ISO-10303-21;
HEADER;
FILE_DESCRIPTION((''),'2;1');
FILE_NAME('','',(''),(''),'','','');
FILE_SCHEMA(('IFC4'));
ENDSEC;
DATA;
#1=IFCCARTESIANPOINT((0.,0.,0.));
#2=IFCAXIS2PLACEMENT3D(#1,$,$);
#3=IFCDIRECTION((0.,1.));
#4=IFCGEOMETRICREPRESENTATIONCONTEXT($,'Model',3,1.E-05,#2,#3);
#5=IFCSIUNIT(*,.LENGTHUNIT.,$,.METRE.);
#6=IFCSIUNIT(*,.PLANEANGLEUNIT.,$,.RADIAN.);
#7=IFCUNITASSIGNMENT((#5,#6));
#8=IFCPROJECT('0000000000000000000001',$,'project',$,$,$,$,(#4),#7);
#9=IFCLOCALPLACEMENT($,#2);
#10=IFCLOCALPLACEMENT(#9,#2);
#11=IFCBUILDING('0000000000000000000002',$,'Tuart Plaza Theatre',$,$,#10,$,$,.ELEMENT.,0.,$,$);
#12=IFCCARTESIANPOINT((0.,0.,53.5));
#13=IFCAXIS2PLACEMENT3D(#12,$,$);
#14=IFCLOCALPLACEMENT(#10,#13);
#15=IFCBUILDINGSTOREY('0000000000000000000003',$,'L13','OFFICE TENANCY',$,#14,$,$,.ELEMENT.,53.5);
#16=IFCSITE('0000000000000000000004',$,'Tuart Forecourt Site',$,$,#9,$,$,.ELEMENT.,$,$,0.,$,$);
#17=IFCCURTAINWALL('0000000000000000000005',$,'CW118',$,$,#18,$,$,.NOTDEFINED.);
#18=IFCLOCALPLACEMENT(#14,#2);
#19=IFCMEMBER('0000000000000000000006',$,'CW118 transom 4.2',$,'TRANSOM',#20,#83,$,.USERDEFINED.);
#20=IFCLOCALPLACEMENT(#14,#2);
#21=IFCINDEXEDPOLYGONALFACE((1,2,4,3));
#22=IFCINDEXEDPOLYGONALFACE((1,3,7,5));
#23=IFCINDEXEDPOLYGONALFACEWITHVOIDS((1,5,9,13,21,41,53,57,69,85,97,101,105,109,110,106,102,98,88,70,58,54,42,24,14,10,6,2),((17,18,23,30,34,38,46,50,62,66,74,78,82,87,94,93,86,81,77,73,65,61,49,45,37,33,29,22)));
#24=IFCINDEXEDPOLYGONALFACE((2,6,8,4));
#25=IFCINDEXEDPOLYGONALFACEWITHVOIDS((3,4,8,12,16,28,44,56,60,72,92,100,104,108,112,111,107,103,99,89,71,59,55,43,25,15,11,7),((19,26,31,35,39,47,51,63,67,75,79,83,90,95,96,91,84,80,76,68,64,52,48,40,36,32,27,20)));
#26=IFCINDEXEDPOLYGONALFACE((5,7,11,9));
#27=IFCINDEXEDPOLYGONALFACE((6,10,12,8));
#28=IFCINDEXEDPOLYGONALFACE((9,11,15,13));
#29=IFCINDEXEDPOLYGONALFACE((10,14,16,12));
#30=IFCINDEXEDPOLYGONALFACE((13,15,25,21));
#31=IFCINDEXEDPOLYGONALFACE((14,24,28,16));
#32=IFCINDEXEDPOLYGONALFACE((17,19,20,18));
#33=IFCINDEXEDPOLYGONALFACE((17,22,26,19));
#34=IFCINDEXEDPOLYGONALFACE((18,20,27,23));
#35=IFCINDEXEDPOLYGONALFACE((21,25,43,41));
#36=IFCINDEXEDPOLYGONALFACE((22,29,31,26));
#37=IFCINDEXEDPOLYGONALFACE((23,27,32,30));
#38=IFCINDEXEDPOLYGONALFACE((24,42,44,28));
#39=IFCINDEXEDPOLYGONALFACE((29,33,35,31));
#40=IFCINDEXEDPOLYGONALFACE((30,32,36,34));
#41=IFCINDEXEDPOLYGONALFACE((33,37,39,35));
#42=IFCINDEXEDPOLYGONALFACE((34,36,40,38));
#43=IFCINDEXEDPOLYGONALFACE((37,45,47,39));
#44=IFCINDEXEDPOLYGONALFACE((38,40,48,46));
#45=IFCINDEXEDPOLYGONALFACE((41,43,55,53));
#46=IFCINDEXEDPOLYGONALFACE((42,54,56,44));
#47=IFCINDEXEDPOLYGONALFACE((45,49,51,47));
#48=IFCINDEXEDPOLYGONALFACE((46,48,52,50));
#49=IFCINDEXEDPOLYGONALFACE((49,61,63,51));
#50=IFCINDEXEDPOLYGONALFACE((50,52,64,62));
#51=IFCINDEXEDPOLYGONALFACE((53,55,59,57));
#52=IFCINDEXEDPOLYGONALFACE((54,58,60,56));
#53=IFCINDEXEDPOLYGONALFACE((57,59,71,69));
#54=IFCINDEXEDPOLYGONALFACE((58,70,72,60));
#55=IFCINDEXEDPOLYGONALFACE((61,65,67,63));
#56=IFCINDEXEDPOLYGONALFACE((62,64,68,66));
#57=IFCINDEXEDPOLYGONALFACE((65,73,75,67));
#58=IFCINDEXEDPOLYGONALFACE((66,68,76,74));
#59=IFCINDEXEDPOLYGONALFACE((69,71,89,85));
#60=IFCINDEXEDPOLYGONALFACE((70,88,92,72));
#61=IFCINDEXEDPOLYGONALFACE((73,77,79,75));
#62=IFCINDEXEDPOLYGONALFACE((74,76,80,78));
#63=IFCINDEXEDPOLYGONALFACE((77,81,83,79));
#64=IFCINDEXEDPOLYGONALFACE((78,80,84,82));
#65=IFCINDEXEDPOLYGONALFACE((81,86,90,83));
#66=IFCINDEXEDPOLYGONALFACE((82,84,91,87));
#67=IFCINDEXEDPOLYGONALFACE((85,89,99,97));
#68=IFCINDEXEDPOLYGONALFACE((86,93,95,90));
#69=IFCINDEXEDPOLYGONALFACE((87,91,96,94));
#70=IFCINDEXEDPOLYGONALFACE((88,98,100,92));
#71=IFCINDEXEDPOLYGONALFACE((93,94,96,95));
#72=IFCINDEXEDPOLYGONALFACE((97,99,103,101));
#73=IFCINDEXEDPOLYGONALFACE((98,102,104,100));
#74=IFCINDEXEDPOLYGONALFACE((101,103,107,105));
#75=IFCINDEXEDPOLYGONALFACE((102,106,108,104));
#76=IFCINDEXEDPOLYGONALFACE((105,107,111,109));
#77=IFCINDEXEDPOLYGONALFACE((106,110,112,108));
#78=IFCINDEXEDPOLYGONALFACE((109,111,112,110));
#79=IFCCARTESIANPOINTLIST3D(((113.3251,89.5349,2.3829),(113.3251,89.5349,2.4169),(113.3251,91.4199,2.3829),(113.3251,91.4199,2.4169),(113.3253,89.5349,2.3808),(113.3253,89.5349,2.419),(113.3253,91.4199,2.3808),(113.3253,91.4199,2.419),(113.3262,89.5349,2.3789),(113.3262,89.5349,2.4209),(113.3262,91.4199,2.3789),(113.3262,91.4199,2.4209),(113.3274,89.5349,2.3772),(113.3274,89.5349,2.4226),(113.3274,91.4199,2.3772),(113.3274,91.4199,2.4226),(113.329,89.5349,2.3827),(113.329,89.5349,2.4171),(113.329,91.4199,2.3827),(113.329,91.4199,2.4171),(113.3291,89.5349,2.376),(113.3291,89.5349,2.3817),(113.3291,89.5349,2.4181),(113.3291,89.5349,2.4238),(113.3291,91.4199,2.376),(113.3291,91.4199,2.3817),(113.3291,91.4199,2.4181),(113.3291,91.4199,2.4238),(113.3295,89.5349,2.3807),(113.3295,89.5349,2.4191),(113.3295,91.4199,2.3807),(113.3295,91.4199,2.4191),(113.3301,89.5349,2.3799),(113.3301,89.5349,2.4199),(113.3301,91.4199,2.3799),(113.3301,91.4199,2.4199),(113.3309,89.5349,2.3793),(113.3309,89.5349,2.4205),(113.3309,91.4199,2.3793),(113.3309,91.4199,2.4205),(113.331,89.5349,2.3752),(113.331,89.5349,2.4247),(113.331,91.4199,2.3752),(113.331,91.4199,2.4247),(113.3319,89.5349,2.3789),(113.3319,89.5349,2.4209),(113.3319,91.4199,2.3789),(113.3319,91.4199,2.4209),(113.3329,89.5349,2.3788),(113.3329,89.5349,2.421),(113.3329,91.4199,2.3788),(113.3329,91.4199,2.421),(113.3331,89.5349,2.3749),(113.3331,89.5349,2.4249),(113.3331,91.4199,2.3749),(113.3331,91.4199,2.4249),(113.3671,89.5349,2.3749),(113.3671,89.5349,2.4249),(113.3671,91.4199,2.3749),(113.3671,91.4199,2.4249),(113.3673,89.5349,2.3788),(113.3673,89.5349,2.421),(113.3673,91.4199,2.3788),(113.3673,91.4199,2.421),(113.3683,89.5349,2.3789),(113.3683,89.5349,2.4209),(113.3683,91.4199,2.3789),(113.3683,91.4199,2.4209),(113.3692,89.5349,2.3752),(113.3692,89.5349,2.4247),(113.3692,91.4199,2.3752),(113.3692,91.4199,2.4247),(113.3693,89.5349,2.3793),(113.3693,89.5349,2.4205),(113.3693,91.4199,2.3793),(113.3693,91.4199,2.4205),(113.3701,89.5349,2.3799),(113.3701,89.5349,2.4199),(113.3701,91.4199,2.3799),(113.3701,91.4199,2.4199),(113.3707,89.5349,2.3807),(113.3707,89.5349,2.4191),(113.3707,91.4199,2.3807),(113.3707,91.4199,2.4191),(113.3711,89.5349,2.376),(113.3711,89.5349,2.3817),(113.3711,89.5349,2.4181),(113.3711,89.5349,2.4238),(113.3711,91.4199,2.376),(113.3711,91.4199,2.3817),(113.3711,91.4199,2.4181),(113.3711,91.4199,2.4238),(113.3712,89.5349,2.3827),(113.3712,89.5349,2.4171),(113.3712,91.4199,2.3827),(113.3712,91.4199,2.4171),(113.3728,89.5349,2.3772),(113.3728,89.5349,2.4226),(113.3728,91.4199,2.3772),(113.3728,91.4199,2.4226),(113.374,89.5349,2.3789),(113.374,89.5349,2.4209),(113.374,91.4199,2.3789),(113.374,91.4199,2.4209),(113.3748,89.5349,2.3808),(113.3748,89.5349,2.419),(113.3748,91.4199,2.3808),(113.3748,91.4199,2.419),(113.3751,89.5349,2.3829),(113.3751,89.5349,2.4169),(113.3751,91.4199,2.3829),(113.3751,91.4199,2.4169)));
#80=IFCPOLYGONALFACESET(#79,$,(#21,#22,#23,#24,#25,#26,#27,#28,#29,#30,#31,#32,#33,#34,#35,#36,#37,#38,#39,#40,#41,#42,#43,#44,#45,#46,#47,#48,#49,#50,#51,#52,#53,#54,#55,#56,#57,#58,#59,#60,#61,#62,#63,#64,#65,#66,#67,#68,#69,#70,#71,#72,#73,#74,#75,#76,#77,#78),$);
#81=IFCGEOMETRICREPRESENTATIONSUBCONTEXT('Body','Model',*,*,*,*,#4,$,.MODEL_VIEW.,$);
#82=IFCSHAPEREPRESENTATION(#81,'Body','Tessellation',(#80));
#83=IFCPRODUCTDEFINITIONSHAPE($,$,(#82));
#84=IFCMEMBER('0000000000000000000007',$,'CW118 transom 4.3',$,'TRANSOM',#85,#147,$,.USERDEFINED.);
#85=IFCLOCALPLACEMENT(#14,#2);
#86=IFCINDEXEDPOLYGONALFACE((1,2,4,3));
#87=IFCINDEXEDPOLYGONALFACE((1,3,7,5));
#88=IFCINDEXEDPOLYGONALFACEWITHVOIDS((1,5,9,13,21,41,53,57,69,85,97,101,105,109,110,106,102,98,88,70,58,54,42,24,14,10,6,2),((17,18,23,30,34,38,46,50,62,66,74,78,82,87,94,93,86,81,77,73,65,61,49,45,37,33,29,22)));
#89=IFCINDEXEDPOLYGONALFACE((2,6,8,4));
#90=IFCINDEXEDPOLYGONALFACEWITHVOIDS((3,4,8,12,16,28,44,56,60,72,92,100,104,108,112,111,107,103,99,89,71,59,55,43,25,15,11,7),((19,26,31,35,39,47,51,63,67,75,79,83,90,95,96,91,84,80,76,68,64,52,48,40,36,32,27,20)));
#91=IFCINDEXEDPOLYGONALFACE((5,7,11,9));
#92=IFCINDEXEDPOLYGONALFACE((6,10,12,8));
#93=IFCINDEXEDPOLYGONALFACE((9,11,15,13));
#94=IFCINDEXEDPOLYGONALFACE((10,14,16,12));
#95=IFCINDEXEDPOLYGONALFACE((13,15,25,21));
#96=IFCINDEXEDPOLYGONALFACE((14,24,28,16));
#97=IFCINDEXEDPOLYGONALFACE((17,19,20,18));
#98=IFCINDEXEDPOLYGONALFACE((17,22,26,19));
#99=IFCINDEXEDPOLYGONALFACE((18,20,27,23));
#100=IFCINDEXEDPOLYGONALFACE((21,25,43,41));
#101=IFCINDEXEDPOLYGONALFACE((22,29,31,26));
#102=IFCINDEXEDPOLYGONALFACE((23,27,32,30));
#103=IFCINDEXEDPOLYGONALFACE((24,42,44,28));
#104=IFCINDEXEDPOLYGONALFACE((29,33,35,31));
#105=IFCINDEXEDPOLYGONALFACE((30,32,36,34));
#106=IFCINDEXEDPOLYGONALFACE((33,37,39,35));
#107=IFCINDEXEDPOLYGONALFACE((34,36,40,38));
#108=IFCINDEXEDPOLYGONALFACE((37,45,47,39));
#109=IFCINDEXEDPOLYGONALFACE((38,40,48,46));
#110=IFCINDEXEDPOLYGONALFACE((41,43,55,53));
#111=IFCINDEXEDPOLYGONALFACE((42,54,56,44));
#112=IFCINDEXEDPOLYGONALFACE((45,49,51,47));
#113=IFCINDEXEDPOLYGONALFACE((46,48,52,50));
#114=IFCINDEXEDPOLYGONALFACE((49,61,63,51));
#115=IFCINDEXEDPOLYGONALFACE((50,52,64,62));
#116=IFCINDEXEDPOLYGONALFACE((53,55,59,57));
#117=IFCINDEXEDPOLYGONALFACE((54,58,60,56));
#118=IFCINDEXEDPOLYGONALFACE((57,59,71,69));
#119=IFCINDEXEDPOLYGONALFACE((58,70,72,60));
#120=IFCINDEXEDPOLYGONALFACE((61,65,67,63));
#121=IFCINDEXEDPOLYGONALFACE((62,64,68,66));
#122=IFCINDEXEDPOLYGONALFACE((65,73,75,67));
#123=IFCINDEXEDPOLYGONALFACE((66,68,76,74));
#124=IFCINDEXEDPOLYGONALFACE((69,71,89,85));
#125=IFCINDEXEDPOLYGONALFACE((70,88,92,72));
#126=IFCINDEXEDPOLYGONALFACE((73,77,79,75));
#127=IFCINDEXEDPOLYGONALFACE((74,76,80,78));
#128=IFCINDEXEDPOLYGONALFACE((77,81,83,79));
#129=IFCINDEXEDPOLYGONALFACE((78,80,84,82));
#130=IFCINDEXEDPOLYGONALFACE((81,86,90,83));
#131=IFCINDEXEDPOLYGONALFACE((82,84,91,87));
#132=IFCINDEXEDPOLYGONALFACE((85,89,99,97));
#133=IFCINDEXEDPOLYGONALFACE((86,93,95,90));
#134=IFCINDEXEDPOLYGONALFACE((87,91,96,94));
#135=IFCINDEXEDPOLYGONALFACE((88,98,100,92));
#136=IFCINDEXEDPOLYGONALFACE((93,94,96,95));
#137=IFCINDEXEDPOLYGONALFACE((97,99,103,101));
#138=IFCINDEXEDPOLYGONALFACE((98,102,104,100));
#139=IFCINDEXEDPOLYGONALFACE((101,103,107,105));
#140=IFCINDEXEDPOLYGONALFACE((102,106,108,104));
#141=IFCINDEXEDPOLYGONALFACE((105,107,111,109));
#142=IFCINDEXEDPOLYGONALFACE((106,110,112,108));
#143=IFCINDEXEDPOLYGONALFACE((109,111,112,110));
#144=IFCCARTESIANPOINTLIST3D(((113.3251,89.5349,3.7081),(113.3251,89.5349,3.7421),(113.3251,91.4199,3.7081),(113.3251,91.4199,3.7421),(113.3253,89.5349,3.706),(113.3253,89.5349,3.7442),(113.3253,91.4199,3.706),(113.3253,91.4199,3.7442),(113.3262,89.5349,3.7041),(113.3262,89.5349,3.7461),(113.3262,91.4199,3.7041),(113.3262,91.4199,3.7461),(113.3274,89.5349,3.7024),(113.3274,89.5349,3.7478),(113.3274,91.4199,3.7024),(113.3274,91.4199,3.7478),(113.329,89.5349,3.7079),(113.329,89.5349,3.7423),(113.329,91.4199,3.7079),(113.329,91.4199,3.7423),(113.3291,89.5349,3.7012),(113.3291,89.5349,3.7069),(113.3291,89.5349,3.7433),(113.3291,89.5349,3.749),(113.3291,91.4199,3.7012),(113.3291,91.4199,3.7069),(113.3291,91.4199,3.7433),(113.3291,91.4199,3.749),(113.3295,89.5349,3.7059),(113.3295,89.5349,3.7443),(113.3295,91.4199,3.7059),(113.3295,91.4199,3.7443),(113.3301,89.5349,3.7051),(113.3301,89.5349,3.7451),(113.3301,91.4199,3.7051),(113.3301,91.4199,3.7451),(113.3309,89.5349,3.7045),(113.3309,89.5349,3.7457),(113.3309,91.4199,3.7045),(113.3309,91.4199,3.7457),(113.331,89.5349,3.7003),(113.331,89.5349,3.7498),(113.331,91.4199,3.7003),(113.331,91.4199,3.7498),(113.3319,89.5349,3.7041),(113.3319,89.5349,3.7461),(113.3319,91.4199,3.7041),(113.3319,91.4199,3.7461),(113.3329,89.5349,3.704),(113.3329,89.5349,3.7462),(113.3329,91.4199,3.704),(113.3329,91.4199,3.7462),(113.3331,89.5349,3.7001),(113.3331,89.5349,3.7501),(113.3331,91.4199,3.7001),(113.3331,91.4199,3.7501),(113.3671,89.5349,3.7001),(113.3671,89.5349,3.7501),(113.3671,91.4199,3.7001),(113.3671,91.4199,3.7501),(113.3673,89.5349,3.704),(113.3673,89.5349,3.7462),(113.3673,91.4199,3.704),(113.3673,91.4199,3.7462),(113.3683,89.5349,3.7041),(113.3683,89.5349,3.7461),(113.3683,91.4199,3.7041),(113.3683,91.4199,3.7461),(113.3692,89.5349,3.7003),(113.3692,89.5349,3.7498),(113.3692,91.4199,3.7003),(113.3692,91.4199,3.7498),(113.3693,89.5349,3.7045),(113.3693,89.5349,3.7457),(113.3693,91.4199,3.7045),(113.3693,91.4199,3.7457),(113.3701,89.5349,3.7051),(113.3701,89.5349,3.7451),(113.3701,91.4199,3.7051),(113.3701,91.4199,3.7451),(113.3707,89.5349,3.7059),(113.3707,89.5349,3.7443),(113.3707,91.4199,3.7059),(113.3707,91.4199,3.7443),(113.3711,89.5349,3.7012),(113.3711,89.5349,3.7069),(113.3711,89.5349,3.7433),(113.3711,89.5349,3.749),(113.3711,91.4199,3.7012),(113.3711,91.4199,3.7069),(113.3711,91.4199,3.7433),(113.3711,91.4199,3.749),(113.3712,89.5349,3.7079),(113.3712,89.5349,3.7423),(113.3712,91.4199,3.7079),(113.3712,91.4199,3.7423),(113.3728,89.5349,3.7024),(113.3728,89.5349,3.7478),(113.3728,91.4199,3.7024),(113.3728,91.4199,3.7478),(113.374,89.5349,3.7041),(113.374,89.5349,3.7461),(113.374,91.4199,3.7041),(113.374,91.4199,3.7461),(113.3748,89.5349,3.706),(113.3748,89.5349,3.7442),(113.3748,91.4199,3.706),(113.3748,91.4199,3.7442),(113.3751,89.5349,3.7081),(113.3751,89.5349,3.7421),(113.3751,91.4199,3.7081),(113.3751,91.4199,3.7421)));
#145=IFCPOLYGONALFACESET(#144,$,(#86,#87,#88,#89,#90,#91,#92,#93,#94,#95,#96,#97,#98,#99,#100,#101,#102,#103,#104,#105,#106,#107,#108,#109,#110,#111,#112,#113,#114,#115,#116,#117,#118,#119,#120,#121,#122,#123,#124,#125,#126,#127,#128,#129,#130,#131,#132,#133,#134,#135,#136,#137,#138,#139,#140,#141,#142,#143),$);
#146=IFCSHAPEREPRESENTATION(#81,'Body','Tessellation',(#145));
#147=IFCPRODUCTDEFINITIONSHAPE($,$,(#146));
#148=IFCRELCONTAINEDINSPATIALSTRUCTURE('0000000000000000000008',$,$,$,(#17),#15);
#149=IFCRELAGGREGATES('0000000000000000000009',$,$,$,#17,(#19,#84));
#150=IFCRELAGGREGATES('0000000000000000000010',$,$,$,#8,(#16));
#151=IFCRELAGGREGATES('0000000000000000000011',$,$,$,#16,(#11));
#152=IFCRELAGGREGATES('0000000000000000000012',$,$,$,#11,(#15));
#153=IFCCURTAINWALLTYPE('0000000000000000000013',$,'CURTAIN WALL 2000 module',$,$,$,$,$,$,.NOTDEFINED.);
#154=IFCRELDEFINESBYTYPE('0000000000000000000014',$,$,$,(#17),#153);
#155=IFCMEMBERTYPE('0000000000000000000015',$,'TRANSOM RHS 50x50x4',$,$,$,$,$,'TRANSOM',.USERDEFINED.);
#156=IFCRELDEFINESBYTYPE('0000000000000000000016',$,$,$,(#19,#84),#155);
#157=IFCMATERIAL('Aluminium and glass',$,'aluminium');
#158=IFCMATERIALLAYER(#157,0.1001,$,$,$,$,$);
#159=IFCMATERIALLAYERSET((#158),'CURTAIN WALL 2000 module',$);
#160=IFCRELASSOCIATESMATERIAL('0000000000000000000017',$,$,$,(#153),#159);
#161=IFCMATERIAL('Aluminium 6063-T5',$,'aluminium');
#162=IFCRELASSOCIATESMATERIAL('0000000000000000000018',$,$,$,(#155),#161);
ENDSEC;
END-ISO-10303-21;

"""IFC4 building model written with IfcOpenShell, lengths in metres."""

from ifc_helpers import new_model, si_unit, direction, frame, origin, origin_2d, place, context, subcontext, project, spatial, hollow_rectangle, extrude, material, layer, layer_set, material_profile, profile_set, type_object, element, aggregate, save


model = new_model("IFC4")

# Units and contexts
model_context = context("Model", 3, precision=1e-05, world=origin(), true_north=direction((0.0, 1.0)))
body_context = subcontext(model_context, "Body", "Model", "MODEL_VIEW")
ifc_project = project(units=[si_unit("LENGTHUNIT", "METRE"), si_unit("PLANEANGLEUNIT", "RADIAN")], contexts=[model_context])

# Site, building, storey
site_placement = place(None, origin())
site = spatial("IfcSite", under=ifc_project, at=site_placement, Name="Tuart Forecourt Site", CompositionType="ELEMENT", RefElevation=0.0)
building_placement = place(site_placement, origin())
building = spatial("IfcBuilding", under=site, at=building_placement, Name="Tuart Plaza Theatre", CompositionType="ELEMENT", ElevationOfRefHeight=0.0)
storey_placement = place(building_placement, frame((0.0, 0.0, 53.5)))
storey = spatial("IfcBuildingStorey", under=building, at=storey_placement, Name="L13", Description="OFFICE TENANCY", CompositionType="ELEMENT", Elevation=53.5)

# Curtain wall, members
ifc_material_1 = material(Name="Aluminium and glass", Category="aluminium")
ifc_layer_1 = layer(ifc_material_1, 0.1001)
ifc_layer_set_1 = layer_set([ifc_layer_1], Name="CURTAIN WALL 2000 module")
curtain_wall_type = type_object("IfcCurtainWallType", Name="CURTAIN WALL 2000 module", PredefinedType="NOTDEFINED", material=ifc_layer_set_1)
curtain_wall_placement = place(storey_placement, origin())
curtain_wall = element("IfcCurtainWall", 1, at=curtain_wall_placement, inside=storey, type_object=curtain_wall_type, Name="CW118", PredefinedType="NOTDEFINED")
ifc_material_2 = material(Name="Aluminium 6063-T5", Category="aluminium")
ifc_material_profile_1 = material_profile(ifc_material_2, hollow_rectangle(XDim=0.05, YDim=0.05, WallThickness=0.0039, InnerFilletRadius=0.0039, OuterFilletRadius=0.0081, at=origin_2d()), Name="RHS 50x50x4")
ifc_profile_set_1 = profile_set([ifc_material_profile_1], Name="Aluminium 6063-T5")
member_type_1 = type_object("IfcMemberType", Name="TRANSOM RHS 50x50x4", ElementType="TRANSOM", PredefinedType="USERDEFINED", material=ifc_profile_set_1)
member_1_placement = place(storey_placement, frame((113.3501, 91.4199, 2.3999), z_axis=(0.0, -1.0, 0.0), x_axis=(1.0, 0.0, 0.0)))
member_1 = element("IfcMember", 2, at=member_1_placement, type_object=member_type_1, Name="CW118 transom 4.2", ObjectType="TRANSOM", PredefinedType="USERDEFINED", context=body_context, shape_type="SweptSolid", body=[
    extrude(hollow_rectangle(XDim=0.05, YDim=0.05, WallThickness=0.0039, InnerFilletRadius=0.0039, OuterFilletRadius=0.0081, at=origin_2d()), origin(), (0.0, 0.0, 1.0), 1.885),
])
member_2_placement = place(storey_placement, frame((113.3501, 91.4199, 3.7251), z_axis=(0.0, -1.0, 0.0), x_axis=(1.0, 0.0, 0.0)))
member_2 = element("IfcMember", 3, at=member_2_placement, type_object=member_type_1, Name="CW118 transom 4.3", ObjectType="TRANSOM", PredefinedType="USERDEFINED", context=body_context, shape_type="SweptSolid", body=[
    extrude(hollow_rectangle(XDim=0.05, YDim=0.05, WallThickness=0.0039, InnerFilletRadius=0.0039, OuterFilletRadius=0.0081, at=origin_2d()), origin(), (0.0, 0.0, 1.0), 1.885),
])
aggregate(curtain_wall, [member_1, member_2])

save(model, "model.ifc")
